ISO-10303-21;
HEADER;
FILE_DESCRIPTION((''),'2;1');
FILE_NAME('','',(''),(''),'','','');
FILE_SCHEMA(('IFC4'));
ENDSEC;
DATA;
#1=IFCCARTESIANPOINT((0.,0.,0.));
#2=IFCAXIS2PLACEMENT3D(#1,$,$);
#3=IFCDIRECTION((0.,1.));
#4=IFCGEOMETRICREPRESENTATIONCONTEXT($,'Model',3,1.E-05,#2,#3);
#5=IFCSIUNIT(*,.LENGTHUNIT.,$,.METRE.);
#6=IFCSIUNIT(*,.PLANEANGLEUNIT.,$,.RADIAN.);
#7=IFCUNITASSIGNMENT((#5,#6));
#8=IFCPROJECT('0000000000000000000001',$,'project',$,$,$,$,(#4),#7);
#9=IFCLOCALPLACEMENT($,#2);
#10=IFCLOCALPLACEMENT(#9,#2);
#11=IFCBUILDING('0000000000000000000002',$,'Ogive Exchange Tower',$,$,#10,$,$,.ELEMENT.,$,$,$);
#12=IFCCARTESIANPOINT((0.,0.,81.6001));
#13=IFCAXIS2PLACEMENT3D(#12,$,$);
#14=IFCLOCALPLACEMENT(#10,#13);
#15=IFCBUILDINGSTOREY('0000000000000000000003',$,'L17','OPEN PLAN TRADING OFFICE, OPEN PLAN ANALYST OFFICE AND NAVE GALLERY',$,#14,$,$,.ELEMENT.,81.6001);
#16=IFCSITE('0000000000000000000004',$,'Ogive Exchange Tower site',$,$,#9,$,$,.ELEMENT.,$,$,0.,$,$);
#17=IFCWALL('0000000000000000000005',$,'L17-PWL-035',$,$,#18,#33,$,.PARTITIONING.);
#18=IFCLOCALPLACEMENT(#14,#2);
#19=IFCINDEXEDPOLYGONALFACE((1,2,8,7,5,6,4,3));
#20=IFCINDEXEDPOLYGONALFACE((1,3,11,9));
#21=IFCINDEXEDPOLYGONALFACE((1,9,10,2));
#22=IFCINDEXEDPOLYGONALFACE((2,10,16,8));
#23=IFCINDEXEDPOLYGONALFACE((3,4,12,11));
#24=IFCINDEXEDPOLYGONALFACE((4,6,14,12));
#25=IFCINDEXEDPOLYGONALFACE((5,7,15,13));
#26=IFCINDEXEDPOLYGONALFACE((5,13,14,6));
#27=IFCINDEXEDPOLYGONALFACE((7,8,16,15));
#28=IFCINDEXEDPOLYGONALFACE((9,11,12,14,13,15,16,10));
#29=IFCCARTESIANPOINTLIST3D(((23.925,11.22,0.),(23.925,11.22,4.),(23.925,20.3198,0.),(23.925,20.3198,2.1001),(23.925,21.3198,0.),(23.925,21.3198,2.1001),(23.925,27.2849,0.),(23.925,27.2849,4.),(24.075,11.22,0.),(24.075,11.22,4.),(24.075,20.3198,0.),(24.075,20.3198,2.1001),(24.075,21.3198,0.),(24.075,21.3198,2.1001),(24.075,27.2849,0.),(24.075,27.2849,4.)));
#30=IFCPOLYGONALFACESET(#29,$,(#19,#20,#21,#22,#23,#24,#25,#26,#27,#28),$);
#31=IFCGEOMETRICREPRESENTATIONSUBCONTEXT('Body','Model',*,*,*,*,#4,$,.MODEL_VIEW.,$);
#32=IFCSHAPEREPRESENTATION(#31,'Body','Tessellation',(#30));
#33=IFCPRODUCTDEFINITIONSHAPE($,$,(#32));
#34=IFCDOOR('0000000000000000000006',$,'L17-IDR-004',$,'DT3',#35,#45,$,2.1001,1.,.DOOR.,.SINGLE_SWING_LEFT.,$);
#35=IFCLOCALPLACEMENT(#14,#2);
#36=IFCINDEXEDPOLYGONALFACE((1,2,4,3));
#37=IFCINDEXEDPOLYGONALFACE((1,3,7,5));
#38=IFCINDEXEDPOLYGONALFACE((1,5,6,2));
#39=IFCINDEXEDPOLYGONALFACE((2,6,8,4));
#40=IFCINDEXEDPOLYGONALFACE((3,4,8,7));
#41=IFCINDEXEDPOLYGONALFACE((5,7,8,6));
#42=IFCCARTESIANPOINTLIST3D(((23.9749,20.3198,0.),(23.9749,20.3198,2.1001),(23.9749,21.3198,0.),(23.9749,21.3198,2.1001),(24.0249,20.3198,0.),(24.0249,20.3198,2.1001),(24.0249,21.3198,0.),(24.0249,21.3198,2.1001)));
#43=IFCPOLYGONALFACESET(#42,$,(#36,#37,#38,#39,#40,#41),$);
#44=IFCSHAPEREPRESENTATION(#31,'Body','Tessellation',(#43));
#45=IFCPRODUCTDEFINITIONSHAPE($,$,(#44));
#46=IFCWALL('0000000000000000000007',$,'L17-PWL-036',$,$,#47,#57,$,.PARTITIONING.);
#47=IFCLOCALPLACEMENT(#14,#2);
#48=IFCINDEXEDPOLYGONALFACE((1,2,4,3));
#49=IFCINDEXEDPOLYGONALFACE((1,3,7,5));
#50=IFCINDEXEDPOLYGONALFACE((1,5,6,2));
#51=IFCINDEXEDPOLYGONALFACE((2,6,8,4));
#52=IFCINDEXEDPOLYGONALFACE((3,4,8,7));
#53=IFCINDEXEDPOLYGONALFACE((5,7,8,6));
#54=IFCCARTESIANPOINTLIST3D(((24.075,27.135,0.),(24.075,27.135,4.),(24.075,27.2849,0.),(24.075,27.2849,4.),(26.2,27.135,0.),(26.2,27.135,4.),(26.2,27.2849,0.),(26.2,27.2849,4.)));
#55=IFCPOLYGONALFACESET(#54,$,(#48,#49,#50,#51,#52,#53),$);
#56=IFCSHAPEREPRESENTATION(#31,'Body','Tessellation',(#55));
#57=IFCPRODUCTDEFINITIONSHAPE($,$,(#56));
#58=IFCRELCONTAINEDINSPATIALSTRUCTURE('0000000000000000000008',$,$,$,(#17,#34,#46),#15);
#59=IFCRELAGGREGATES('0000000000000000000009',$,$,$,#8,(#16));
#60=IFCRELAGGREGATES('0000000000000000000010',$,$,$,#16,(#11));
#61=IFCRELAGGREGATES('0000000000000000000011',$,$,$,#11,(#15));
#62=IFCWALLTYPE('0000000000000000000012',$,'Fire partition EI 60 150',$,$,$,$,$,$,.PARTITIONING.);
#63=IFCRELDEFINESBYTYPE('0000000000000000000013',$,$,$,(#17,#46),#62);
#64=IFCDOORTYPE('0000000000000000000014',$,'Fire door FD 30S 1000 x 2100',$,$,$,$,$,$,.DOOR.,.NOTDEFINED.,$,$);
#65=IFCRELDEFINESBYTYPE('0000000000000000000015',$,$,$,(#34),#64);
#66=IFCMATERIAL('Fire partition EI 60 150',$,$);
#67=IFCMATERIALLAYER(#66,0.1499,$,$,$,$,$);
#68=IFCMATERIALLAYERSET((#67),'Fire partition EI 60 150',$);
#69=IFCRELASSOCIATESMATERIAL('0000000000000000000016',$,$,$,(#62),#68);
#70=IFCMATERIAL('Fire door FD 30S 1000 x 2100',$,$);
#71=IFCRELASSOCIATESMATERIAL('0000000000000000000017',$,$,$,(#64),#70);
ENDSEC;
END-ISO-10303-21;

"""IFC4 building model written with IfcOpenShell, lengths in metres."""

from ifc_helpers import new_model, si_unit, direction, frame, frame_2d, origin, place, context, subcontext, project, spatial, rectangle, extrude, material, layer, layer_set, type_object, element, fill, save


model = new_model("IFC4")

# Units and contexts
model_context = context("Model", 3, precision=1e-05, world=origin(), true_north=direction((0.0, 1.0)))
body_context = subcontext(model_context, "Body", "Model", "MODEL_VIEW")
ifc_project = project(units=[si_unit("LENGTHUNIT", "METRE"), si_unit("PLANEANGLEUNIT", "RADIAN")], contexts=[model_context])

# Site, building, storey
site_placement = place(None, origin())
site = spatial("IfcSite", under=ifc_project, at=site_placement, Name="Ogive Exchange Tower site", CompositionType="ELEMENT", RefElevation=0.0)
building_placement = place(site_placement, origin())
building = spatial("IfcBuilding", under=site, at=building_placement, Name="Ogive Exchange Tower", CompositionType="ELEMENT")
storey_placement = place(building_placement, frame((0.0, 0.0, 81.6001)))
storey = spatial("IfcBuildingStorey", under=building, at=storey_placement, Name="L17", Description="OPEN PLAN TRADING OFFICE, OPEN PLAN ANALYST OFFICE AND NAVE GALLERY", CompositionType="ELEMENT", Elevation=81.6001)

# Wall, opening, door
ifc_material_1 = material(Name="Fire partition EI 60 150")
ifc_layer_1 = layer(ifc_material_1, 0.1499)
ifc_layer_set_1 = layer_set([ifc_layer_1], Name="Fire partition EI 60 150")
wall_type_1 = type_object("IfcWallType", Name="Fire partition EI 60 150", PredefinedType="PARTITIONING", material=ifc_layer_set_1)
wall_1_placement = place(storey_placement, frame((24.0, 27.2849, 0.0), z_axis=(0.0, 0.0, 1.0), x_axis=(0.0, -1.0, 0.0)))
wall_1 = element("IfcWall", 1, at=wall_1_placement, inside=storey, type_object=wall_type_1, Name="L17-PWL-035", PredefinedType="PARTITIONING", context=body_context, shape_type="SweptSolid", body=[
    extrude(rectangle(XDim=16.0649, YDim=0.1499, at=frame_2d((8.0325, 0.0))), origin(), (0.0, 0.0, 1.0), 4.0),
])
opening_1_placement = place(wall_1_placement, frame((5.9651, 0.0, 0.0)))
opening_1 = element("IfcOpeningElement", 2, at=opening_1_placement, cuts=wall_1, PredefinedType="OPENING", context=body_context, shape_type="SweptSolid", body=[
    extrude(rectangle(XDim=1.0, YDim=2.1001, at=frame_2d((0.5, 1.05))), frame((0.0, 0.085, 0.0), z_axis=(0.0, -1.0, 0.0), x_axis=(1.0, 0.0, 0.0)), (0.0, 0.0, 1.0), 0.1699),
])
ifc_material_2 = material(Name="Fire door FD 30S 1000 x 2100")
door_type_1 = type_object("IfcDoorType", Name="Fire door FD 30S 1000 x 2100", OperationType="NOTDEFINED", PredefinedType="DOOR", material=ifc_material_2)
door_1_placement = place(opening_1_placement, origin())
door_1 = element("IfcDoor", 3, at=door_1_placement, inside=storey, type_object=door_type_1, Name="L17-IDR-004", ObjectType="DT3", OperationType="SINGLE_SWING_LEFT", OverallHeight=2.1001, OverallWidth=1.0, PredefinedType="DOOR", context=body_context, shape_type="SweptSolid", body=[
    extrude(rectangle(XDim=1.0, YDim=2.1001, at=frame_2d((0.5, 1.05))), frame((0.0, 0.0249, 0.0), z_axis=(0.0, -1.0, 0.0), x_axis=(1.0, 0.0, 0.0)), (0.0, 0.0, 1.0), 0.05),
])
fill(opening_1, door_1)

# Wall
wall_2_placement = place(storey_placement, frame((26.2, 27.21, 0.0), z_axis=(0.0, 0.0, 1.0), x_axis=(-1.0, 0.0, 0.0)))
element("IfcWall", 4, at=wall_2_placement, inside=storey, type_object=wall_type_1, Name="L17-PWL-036", PredefinedType="PARTITIONING", context=body_context, shape_type="SweptSolid", body=[
    extrude(rectangle(XDim=2.125, YDim=0.1499, at=frame_2d((1.0625, 0.0))), origin(), (0.0, 0.0, 1.0), 4.0),
])

save(model, "model.ifc")
